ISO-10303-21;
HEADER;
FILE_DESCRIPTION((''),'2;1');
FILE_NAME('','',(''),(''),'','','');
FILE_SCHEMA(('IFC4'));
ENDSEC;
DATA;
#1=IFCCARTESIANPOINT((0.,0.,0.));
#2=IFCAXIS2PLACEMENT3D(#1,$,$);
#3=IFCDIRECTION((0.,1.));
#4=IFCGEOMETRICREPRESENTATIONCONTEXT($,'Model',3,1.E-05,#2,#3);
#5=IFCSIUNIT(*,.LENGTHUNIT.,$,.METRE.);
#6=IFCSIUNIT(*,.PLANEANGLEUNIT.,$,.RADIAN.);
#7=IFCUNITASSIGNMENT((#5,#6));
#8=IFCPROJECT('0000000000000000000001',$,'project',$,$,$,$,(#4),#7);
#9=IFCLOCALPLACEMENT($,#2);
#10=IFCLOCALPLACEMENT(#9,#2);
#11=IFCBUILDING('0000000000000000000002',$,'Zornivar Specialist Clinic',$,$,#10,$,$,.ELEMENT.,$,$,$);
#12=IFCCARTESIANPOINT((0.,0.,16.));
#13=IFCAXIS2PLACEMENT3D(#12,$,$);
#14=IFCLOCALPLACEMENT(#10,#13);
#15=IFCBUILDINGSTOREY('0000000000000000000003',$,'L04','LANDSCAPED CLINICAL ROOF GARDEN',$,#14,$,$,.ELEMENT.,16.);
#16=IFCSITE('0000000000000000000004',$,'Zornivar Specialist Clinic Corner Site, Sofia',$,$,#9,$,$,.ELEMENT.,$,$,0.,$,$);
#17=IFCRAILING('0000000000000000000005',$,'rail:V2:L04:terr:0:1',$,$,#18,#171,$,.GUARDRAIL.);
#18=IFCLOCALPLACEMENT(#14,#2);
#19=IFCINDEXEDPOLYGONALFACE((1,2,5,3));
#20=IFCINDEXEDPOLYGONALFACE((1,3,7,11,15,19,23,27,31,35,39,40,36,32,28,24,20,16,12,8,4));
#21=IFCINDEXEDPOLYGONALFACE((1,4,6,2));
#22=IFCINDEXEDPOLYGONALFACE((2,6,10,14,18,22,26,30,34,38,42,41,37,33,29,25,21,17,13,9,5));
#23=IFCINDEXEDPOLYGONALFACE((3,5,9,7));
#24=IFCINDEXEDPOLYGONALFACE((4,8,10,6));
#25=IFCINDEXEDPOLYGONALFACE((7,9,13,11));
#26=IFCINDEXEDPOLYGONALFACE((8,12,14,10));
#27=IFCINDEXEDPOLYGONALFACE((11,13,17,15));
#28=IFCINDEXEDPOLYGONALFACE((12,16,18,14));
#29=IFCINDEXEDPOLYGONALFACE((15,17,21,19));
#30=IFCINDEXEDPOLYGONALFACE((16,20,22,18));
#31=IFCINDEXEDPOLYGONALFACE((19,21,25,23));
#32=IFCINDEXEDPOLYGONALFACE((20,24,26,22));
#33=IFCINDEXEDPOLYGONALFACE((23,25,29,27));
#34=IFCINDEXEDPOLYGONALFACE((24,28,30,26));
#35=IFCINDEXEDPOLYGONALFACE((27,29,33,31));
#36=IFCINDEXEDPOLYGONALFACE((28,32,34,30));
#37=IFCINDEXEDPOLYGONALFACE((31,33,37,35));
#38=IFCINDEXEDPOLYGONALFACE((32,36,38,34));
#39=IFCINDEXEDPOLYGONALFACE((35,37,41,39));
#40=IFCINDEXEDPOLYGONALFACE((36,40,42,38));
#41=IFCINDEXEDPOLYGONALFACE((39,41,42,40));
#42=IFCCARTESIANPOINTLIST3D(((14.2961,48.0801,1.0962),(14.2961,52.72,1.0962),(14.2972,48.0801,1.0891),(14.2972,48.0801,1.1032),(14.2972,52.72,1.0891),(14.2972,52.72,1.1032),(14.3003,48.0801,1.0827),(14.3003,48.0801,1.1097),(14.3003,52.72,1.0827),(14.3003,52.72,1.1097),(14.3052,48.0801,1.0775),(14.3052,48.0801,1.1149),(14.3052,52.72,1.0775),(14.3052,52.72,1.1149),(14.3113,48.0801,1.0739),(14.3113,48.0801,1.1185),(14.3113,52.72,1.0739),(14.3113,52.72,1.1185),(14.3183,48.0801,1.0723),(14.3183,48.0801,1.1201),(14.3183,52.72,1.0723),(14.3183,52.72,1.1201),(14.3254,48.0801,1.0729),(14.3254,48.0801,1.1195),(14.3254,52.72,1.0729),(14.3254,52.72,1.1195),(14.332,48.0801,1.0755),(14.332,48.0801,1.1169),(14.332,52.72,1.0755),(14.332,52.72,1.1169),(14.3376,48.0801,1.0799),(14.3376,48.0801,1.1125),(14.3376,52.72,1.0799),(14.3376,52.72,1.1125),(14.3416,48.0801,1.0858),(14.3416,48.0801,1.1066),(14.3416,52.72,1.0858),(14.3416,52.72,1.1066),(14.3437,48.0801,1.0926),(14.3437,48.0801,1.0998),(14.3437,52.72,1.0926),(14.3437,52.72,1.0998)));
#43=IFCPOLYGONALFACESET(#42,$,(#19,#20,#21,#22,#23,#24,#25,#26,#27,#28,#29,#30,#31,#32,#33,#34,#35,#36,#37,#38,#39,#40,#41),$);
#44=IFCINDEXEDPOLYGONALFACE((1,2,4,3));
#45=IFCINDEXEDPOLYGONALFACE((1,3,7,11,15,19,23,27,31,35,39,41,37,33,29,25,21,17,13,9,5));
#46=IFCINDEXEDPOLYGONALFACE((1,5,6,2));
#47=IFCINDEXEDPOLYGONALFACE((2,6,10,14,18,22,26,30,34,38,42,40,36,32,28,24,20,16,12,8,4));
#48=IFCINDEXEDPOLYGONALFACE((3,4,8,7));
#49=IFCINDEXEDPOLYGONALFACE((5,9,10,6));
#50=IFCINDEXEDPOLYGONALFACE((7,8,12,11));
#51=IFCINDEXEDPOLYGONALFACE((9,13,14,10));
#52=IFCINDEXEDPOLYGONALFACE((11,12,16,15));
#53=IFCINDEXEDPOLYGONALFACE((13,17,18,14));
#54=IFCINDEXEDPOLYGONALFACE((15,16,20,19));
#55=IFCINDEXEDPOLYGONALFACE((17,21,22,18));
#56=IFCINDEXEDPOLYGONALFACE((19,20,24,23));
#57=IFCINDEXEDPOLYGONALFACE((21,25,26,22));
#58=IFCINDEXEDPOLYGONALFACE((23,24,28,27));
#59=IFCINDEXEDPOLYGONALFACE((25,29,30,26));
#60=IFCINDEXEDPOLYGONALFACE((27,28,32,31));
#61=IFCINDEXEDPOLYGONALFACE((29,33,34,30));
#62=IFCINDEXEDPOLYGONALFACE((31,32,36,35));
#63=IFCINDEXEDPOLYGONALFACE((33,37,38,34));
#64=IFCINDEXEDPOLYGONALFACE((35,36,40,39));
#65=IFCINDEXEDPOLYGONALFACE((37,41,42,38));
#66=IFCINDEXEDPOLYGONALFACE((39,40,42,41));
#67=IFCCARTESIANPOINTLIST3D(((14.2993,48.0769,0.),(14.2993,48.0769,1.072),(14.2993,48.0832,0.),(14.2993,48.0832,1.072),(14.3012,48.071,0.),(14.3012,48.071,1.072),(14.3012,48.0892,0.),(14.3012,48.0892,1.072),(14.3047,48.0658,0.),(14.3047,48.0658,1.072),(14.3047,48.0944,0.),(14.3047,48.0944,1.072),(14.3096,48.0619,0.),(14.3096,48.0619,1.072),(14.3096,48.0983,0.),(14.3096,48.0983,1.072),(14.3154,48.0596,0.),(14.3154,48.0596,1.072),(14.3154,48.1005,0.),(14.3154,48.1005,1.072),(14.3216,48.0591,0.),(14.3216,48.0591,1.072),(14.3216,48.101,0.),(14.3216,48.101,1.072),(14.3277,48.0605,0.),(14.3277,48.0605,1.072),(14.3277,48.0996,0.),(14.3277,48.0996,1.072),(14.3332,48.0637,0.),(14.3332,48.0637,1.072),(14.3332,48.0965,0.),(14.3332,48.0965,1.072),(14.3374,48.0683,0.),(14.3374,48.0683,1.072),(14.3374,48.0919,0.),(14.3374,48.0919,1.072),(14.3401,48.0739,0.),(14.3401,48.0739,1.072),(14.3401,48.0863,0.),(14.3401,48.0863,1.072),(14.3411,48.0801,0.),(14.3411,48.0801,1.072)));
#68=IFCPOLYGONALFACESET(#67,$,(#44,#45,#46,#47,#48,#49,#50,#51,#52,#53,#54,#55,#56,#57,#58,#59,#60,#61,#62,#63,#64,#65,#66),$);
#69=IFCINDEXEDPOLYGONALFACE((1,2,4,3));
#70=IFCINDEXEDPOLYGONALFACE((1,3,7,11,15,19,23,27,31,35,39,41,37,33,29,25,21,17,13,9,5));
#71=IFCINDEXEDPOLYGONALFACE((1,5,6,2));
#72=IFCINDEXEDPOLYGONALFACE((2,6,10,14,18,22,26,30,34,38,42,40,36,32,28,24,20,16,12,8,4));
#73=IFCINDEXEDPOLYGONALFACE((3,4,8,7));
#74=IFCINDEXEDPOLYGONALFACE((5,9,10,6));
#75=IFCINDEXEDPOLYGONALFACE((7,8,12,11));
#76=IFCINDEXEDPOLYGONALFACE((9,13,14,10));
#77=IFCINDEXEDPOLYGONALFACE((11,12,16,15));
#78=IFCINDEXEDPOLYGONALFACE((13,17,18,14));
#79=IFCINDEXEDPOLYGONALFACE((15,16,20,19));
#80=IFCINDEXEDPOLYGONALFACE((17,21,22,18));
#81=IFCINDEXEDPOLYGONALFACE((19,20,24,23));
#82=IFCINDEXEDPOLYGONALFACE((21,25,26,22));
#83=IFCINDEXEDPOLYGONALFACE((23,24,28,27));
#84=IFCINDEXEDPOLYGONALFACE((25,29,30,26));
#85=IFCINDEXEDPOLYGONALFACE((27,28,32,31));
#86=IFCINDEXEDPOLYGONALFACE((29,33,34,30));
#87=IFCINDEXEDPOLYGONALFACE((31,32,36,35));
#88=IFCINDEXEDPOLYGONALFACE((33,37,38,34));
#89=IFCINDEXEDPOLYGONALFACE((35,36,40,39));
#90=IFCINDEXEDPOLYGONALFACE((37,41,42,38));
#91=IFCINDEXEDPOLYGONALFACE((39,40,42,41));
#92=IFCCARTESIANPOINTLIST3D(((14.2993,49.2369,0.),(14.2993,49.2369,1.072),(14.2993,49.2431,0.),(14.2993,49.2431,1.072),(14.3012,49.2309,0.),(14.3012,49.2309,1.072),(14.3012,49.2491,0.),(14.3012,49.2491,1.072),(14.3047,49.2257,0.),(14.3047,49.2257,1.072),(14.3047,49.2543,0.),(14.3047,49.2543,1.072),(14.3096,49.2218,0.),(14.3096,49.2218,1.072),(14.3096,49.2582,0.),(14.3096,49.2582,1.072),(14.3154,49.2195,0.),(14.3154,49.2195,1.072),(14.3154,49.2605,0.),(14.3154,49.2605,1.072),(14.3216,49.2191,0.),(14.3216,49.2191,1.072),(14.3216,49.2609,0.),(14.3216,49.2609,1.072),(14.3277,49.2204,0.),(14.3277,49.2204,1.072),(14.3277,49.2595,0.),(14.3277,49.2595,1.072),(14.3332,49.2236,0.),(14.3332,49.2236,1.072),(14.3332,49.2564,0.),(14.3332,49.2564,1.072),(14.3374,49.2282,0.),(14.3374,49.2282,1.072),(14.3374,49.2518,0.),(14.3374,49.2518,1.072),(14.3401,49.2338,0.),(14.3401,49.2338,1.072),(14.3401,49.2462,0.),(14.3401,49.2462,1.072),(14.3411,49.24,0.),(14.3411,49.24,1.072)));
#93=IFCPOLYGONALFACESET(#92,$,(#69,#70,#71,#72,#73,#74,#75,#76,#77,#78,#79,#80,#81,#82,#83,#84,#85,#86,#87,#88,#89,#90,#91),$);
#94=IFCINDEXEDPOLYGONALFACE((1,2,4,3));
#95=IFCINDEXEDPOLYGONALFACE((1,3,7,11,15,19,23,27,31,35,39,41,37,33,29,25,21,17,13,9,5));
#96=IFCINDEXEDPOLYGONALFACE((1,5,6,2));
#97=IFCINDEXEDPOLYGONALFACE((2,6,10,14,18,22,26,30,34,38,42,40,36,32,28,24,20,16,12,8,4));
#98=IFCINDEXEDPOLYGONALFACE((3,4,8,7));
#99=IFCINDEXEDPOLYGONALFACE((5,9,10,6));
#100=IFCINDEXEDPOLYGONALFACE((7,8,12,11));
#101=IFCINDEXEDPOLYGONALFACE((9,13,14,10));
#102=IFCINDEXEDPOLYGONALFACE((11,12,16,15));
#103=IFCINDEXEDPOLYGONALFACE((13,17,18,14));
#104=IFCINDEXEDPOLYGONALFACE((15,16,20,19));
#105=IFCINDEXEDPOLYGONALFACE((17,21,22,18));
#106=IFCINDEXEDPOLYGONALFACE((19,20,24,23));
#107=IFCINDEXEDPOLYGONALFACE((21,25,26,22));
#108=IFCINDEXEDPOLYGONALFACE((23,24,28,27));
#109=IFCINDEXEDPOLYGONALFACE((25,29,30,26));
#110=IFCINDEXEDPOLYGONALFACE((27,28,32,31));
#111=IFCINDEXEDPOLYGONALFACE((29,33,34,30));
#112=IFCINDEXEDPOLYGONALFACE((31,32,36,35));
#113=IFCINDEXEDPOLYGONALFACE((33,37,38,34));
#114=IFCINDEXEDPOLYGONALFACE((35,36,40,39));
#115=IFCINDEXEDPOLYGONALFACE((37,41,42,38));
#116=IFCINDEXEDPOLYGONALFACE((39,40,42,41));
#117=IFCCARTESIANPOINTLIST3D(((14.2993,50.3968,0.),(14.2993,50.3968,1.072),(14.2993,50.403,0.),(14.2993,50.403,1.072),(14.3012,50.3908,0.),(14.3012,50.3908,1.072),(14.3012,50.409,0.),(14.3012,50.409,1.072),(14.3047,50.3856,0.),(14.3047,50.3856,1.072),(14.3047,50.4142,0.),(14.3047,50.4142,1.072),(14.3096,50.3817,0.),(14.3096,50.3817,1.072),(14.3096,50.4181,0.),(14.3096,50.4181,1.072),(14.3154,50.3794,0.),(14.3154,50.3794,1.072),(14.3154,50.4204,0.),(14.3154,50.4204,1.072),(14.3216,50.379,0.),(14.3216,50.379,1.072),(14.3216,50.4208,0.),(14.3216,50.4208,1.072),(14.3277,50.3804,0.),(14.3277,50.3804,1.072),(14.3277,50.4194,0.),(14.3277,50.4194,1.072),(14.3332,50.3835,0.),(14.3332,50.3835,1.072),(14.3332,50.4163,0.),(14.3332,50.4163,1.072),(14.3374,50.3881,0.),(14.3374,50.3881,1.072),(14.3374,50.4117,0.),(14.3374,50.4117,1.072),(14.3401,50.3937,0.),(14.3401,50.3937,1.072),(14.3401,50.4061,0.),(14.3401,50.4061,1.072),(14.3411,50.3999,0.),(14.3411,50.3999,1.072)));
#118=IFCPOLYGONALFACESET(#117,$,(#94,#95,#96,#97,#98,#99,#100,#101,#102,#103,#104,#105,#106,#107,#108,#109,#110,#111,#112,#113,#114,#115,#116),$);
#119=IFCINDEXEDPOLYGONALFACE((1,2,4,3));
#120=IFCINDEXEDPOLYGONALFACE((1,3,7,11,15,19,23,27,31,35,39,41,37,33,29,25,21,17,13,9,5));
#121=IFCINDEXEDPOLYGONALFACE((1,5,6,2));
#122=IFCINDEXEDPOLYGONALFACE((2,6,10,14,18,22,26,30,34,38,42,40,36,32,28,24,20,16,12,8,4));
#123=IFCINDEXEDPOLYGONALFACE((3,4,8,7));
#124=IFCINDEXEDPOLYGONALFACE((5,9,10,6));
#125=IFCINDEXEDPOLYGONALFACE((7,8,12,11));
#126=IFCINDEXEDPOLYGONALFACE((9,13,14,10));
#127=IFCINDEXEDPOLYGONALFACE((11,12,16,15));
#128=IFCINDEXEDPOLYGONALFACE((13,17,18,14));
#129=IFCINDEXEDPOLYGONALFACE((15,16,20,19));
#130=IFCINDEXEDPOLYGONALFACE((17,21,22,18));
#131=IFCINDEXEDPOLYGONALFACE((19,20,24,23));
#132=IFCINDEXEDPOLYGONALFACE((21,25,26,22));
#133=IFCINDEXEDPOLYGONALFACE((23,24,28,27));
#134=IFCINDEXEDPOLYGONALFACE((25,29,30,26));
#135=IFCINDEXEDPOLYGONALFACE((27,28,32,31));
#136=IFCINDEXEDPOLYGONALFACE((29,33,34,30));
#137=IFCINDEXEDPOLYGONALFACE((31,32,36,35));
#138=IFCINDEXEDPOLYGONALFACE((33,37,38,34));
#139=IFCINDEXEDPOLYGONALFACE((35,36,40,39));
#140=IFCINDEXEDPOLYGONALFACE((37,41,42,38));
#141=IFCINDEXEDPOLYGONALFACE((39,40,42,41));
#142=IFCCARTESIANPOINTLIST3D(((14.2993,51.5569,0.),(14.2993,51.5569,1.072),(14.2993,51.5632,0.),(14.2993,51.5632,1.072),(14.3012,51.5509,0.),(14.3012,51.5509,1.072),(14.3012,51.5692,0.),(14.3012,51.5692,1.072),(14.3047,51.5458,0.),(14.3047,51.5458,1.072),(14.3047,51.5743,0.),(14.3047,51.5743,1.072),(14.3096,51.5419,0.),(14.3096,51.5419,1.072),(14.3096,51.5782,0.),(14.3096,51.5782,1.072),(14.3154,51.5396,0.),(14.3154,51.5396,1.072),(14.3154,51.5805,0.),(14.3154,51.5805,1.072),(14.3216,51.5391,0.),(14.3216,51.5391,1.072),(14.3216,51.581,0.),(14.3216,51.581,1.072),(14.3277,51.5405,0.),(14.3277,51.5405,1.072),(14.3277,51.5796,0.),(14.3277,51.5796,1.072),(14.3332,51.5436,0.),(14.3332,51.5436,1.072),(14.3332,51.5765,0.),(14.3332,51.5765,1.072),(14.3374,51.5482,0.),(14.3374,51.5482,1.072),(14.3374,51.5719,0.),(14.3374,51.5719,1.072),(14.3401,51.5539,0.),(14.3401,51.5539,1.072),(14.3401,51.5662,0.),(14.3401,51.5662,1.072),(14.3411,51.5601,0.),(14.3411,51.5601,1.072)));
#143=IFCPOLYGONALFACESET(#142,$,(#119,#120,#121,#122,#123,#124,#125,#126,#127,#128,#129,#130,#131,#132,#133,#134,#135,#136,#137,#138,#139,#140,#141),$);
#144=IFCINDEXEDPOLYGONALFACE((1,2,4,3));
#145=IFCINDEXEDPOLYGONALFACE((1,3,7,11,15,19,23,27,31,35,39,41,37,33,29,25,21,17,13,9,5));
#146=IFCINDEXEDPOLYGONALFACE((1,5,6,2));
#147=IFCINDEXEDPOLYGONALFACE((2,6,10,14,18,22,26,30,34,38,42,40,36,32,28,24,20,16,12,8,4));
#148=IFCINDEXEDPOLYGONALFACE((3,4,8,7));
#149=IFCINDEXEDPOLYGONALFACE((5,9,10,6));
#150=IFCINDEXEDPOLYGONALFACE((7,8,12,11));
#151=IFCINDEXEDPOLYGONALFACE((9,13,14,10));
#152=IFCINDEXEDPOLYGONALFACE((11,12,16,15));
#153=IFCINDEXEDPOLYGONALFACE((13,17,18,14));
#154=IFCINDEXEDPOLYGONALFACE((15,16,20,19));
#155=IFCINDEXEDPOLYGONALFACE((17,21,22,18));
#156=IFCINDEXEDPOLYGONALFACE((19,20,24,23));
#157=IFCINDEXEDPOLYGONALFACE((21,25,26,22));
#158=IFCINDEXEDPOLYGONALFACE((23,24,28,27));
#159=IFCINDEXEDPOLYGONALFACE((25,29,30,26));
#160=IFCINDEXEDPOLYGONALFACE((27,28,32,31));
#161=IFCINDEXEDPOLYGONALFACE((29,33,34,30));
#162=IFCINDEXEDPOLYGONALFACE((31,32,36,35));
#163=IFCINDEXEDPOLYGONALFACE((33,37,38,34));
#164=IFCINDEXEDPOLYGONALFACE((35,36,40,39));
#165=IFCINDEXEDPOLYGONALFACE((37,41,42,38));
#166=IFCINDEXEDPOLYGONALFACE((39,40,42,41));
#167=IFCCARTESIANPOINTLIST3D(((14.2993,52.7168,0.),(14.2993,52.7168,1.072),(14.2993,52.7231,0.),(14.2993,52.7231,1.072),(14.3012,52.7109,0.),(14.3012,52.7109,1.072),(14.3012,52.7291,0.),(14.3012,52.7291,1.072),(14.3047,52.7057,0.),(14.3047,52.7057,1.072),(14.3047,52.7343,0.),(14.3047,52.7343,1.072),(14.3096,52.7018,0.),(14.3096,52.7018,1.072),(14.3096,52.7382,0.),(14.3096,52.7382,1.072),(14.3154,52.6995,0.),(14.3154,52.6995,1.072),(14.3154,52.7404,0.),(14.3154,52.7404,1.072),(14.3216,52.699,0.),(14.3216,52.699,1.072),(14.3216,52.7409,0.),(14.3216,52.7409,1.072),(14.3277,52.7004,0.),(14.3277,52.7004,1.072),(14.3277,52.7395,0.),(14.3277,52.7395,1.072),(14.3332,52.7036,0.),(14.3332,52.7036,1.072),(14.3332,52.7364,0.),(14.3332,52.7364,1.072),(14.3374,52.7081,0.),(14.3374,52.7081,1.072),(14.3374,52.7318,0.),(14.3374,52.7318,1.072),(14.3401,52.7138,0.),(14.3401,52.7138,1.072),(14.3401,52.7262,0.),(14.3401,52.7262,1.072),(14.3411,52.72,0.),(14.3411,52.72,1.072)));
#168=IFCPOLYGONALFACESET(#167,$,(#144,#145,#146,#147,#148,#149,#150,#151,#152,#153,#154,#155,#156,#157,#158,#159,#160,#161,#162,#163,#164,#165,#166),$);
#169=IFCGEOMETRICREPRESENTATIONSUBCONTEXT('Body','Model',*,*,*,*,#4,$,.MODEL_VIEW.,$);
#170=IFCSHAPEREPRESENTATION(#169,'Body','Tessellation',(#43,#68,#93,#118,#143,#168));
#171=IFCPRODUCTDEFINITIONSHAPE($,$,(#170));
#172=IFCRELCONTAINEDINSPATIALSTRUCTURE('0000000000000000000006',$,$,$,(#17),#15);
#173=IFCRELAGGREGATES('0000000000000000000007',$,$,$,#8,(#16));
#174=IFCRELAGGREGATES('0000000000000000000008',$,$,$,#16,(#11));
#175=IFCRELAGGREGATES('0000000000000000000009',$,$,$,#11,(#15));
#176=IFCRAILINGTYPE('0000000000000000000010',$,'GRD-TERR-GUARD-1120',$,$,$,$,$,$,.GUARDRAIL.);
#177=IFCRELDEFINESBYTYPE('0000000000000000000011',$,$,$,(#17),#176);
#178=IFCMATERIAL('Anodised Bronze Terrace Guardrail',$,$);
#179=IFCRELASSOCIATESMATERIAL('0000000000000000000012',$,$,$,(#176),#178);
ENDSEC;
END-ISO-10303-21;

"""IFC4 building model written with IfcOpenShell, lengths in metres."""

from ifc_helpers import new_model, si_unit, direction, frame, origin, origin_2d, place, context, subcontext, project, spatial, circle, extrude, material, type_object, element, save


model = new_model("IFC4")

# Units and contexts
model_context = context("Model", 3, precision=1e-05, world=origin(), true_north=direction((0.0, 1.0)))
body_context = subcontext(model_context, "Body", "Model", "MODEL_VIEW")
ifc_project = project(units=[si_unit("LENGTHUNIT", "METRE"), si_unit("PLANEANGLEUNIT", "RADIAN")], contexts=[model_context])

# Site, building, storey
site_placement = place(None, origin())
site = spatial("IfcSite", under=ifc_project, at=site_placement, Name="Zornivar Specialist Clinic Corner Site, Sofia", CompositionType="ELEMENT", RefElevation=0.0)
building_placement = place(site_placement, origin())
building = spatial("IfcBuilding", under=site, at=building_placement, Name="Zornivar Specialist Clinic", CompositionType="ELEMENT")
storey_placement = place(building_placement, frame((0.0, 0.0, 16.0)))
storey = spatial("IfcBuildingStorey", under=building, at=storey_placement, Name="L04", Description="LANDSCAPED CLINICAL ROOF GARDEN", CompositionType="ELEMENT", Elevation=16.0)

# Railing
ifc_material_1 = material(Name="Anodised Bronze Terrace Guardrail")
railing_type_1 = type_object("IfcRailingType", Name="GRD-TERR-GUARD-1120", PredefinedType="GUARDRAIL", material=ifc_material_1)
railing_1_placement = place(storey_placement, frame((14.3201, 48.0801, 0.0)))
element("IfcRailing", 1, at=railing_1_placement, inside=storey, type_object=railing_type_1, Name="rail:V2:L04:terr:0:1", PredefinedType="GUARDRAIL", context=body_context, shape_type="SweptSolid", body=[
    extrude(circle(Radius=0.0239, at=origin_2d()), frame((0.0, 0.0, 1.0962), z_axis=(0.0, 1.0, 0.0), x_axis=(-1.0, 0.0, 0.0)), (0.0, 0.0, 1.0), 4.6399),
    extrude(circle(Radius=0.021, at=origin_2d()), origin(), (0.0, 0.0, 1.0), 1.072),
    extrude(circle(Radius=0.021, at=origin_2d()), frame((0.0, 1.1599, 0.0)), (0.0, 0.0, 1.0), 1.072),
    extrude(circle(Radius=0.021, at=origin_2d()), frame((0.0, 2.3198, 0.0)), (0.0, 0.0, 1.0), 1.072),
    extrude(circle(Radius=0.021, at=origin_2d()), frame((0.0, 3.48, 0.0)), (0.0, 0.0, 1.0), 1.072),
    extrude(circle(Radius=0.021, at=origin_2d()), frame((0.0, 4.6399, 0.0)), (0.0, 0.0, 1.0), 1.072),
])

save(model, "model.ifc")
